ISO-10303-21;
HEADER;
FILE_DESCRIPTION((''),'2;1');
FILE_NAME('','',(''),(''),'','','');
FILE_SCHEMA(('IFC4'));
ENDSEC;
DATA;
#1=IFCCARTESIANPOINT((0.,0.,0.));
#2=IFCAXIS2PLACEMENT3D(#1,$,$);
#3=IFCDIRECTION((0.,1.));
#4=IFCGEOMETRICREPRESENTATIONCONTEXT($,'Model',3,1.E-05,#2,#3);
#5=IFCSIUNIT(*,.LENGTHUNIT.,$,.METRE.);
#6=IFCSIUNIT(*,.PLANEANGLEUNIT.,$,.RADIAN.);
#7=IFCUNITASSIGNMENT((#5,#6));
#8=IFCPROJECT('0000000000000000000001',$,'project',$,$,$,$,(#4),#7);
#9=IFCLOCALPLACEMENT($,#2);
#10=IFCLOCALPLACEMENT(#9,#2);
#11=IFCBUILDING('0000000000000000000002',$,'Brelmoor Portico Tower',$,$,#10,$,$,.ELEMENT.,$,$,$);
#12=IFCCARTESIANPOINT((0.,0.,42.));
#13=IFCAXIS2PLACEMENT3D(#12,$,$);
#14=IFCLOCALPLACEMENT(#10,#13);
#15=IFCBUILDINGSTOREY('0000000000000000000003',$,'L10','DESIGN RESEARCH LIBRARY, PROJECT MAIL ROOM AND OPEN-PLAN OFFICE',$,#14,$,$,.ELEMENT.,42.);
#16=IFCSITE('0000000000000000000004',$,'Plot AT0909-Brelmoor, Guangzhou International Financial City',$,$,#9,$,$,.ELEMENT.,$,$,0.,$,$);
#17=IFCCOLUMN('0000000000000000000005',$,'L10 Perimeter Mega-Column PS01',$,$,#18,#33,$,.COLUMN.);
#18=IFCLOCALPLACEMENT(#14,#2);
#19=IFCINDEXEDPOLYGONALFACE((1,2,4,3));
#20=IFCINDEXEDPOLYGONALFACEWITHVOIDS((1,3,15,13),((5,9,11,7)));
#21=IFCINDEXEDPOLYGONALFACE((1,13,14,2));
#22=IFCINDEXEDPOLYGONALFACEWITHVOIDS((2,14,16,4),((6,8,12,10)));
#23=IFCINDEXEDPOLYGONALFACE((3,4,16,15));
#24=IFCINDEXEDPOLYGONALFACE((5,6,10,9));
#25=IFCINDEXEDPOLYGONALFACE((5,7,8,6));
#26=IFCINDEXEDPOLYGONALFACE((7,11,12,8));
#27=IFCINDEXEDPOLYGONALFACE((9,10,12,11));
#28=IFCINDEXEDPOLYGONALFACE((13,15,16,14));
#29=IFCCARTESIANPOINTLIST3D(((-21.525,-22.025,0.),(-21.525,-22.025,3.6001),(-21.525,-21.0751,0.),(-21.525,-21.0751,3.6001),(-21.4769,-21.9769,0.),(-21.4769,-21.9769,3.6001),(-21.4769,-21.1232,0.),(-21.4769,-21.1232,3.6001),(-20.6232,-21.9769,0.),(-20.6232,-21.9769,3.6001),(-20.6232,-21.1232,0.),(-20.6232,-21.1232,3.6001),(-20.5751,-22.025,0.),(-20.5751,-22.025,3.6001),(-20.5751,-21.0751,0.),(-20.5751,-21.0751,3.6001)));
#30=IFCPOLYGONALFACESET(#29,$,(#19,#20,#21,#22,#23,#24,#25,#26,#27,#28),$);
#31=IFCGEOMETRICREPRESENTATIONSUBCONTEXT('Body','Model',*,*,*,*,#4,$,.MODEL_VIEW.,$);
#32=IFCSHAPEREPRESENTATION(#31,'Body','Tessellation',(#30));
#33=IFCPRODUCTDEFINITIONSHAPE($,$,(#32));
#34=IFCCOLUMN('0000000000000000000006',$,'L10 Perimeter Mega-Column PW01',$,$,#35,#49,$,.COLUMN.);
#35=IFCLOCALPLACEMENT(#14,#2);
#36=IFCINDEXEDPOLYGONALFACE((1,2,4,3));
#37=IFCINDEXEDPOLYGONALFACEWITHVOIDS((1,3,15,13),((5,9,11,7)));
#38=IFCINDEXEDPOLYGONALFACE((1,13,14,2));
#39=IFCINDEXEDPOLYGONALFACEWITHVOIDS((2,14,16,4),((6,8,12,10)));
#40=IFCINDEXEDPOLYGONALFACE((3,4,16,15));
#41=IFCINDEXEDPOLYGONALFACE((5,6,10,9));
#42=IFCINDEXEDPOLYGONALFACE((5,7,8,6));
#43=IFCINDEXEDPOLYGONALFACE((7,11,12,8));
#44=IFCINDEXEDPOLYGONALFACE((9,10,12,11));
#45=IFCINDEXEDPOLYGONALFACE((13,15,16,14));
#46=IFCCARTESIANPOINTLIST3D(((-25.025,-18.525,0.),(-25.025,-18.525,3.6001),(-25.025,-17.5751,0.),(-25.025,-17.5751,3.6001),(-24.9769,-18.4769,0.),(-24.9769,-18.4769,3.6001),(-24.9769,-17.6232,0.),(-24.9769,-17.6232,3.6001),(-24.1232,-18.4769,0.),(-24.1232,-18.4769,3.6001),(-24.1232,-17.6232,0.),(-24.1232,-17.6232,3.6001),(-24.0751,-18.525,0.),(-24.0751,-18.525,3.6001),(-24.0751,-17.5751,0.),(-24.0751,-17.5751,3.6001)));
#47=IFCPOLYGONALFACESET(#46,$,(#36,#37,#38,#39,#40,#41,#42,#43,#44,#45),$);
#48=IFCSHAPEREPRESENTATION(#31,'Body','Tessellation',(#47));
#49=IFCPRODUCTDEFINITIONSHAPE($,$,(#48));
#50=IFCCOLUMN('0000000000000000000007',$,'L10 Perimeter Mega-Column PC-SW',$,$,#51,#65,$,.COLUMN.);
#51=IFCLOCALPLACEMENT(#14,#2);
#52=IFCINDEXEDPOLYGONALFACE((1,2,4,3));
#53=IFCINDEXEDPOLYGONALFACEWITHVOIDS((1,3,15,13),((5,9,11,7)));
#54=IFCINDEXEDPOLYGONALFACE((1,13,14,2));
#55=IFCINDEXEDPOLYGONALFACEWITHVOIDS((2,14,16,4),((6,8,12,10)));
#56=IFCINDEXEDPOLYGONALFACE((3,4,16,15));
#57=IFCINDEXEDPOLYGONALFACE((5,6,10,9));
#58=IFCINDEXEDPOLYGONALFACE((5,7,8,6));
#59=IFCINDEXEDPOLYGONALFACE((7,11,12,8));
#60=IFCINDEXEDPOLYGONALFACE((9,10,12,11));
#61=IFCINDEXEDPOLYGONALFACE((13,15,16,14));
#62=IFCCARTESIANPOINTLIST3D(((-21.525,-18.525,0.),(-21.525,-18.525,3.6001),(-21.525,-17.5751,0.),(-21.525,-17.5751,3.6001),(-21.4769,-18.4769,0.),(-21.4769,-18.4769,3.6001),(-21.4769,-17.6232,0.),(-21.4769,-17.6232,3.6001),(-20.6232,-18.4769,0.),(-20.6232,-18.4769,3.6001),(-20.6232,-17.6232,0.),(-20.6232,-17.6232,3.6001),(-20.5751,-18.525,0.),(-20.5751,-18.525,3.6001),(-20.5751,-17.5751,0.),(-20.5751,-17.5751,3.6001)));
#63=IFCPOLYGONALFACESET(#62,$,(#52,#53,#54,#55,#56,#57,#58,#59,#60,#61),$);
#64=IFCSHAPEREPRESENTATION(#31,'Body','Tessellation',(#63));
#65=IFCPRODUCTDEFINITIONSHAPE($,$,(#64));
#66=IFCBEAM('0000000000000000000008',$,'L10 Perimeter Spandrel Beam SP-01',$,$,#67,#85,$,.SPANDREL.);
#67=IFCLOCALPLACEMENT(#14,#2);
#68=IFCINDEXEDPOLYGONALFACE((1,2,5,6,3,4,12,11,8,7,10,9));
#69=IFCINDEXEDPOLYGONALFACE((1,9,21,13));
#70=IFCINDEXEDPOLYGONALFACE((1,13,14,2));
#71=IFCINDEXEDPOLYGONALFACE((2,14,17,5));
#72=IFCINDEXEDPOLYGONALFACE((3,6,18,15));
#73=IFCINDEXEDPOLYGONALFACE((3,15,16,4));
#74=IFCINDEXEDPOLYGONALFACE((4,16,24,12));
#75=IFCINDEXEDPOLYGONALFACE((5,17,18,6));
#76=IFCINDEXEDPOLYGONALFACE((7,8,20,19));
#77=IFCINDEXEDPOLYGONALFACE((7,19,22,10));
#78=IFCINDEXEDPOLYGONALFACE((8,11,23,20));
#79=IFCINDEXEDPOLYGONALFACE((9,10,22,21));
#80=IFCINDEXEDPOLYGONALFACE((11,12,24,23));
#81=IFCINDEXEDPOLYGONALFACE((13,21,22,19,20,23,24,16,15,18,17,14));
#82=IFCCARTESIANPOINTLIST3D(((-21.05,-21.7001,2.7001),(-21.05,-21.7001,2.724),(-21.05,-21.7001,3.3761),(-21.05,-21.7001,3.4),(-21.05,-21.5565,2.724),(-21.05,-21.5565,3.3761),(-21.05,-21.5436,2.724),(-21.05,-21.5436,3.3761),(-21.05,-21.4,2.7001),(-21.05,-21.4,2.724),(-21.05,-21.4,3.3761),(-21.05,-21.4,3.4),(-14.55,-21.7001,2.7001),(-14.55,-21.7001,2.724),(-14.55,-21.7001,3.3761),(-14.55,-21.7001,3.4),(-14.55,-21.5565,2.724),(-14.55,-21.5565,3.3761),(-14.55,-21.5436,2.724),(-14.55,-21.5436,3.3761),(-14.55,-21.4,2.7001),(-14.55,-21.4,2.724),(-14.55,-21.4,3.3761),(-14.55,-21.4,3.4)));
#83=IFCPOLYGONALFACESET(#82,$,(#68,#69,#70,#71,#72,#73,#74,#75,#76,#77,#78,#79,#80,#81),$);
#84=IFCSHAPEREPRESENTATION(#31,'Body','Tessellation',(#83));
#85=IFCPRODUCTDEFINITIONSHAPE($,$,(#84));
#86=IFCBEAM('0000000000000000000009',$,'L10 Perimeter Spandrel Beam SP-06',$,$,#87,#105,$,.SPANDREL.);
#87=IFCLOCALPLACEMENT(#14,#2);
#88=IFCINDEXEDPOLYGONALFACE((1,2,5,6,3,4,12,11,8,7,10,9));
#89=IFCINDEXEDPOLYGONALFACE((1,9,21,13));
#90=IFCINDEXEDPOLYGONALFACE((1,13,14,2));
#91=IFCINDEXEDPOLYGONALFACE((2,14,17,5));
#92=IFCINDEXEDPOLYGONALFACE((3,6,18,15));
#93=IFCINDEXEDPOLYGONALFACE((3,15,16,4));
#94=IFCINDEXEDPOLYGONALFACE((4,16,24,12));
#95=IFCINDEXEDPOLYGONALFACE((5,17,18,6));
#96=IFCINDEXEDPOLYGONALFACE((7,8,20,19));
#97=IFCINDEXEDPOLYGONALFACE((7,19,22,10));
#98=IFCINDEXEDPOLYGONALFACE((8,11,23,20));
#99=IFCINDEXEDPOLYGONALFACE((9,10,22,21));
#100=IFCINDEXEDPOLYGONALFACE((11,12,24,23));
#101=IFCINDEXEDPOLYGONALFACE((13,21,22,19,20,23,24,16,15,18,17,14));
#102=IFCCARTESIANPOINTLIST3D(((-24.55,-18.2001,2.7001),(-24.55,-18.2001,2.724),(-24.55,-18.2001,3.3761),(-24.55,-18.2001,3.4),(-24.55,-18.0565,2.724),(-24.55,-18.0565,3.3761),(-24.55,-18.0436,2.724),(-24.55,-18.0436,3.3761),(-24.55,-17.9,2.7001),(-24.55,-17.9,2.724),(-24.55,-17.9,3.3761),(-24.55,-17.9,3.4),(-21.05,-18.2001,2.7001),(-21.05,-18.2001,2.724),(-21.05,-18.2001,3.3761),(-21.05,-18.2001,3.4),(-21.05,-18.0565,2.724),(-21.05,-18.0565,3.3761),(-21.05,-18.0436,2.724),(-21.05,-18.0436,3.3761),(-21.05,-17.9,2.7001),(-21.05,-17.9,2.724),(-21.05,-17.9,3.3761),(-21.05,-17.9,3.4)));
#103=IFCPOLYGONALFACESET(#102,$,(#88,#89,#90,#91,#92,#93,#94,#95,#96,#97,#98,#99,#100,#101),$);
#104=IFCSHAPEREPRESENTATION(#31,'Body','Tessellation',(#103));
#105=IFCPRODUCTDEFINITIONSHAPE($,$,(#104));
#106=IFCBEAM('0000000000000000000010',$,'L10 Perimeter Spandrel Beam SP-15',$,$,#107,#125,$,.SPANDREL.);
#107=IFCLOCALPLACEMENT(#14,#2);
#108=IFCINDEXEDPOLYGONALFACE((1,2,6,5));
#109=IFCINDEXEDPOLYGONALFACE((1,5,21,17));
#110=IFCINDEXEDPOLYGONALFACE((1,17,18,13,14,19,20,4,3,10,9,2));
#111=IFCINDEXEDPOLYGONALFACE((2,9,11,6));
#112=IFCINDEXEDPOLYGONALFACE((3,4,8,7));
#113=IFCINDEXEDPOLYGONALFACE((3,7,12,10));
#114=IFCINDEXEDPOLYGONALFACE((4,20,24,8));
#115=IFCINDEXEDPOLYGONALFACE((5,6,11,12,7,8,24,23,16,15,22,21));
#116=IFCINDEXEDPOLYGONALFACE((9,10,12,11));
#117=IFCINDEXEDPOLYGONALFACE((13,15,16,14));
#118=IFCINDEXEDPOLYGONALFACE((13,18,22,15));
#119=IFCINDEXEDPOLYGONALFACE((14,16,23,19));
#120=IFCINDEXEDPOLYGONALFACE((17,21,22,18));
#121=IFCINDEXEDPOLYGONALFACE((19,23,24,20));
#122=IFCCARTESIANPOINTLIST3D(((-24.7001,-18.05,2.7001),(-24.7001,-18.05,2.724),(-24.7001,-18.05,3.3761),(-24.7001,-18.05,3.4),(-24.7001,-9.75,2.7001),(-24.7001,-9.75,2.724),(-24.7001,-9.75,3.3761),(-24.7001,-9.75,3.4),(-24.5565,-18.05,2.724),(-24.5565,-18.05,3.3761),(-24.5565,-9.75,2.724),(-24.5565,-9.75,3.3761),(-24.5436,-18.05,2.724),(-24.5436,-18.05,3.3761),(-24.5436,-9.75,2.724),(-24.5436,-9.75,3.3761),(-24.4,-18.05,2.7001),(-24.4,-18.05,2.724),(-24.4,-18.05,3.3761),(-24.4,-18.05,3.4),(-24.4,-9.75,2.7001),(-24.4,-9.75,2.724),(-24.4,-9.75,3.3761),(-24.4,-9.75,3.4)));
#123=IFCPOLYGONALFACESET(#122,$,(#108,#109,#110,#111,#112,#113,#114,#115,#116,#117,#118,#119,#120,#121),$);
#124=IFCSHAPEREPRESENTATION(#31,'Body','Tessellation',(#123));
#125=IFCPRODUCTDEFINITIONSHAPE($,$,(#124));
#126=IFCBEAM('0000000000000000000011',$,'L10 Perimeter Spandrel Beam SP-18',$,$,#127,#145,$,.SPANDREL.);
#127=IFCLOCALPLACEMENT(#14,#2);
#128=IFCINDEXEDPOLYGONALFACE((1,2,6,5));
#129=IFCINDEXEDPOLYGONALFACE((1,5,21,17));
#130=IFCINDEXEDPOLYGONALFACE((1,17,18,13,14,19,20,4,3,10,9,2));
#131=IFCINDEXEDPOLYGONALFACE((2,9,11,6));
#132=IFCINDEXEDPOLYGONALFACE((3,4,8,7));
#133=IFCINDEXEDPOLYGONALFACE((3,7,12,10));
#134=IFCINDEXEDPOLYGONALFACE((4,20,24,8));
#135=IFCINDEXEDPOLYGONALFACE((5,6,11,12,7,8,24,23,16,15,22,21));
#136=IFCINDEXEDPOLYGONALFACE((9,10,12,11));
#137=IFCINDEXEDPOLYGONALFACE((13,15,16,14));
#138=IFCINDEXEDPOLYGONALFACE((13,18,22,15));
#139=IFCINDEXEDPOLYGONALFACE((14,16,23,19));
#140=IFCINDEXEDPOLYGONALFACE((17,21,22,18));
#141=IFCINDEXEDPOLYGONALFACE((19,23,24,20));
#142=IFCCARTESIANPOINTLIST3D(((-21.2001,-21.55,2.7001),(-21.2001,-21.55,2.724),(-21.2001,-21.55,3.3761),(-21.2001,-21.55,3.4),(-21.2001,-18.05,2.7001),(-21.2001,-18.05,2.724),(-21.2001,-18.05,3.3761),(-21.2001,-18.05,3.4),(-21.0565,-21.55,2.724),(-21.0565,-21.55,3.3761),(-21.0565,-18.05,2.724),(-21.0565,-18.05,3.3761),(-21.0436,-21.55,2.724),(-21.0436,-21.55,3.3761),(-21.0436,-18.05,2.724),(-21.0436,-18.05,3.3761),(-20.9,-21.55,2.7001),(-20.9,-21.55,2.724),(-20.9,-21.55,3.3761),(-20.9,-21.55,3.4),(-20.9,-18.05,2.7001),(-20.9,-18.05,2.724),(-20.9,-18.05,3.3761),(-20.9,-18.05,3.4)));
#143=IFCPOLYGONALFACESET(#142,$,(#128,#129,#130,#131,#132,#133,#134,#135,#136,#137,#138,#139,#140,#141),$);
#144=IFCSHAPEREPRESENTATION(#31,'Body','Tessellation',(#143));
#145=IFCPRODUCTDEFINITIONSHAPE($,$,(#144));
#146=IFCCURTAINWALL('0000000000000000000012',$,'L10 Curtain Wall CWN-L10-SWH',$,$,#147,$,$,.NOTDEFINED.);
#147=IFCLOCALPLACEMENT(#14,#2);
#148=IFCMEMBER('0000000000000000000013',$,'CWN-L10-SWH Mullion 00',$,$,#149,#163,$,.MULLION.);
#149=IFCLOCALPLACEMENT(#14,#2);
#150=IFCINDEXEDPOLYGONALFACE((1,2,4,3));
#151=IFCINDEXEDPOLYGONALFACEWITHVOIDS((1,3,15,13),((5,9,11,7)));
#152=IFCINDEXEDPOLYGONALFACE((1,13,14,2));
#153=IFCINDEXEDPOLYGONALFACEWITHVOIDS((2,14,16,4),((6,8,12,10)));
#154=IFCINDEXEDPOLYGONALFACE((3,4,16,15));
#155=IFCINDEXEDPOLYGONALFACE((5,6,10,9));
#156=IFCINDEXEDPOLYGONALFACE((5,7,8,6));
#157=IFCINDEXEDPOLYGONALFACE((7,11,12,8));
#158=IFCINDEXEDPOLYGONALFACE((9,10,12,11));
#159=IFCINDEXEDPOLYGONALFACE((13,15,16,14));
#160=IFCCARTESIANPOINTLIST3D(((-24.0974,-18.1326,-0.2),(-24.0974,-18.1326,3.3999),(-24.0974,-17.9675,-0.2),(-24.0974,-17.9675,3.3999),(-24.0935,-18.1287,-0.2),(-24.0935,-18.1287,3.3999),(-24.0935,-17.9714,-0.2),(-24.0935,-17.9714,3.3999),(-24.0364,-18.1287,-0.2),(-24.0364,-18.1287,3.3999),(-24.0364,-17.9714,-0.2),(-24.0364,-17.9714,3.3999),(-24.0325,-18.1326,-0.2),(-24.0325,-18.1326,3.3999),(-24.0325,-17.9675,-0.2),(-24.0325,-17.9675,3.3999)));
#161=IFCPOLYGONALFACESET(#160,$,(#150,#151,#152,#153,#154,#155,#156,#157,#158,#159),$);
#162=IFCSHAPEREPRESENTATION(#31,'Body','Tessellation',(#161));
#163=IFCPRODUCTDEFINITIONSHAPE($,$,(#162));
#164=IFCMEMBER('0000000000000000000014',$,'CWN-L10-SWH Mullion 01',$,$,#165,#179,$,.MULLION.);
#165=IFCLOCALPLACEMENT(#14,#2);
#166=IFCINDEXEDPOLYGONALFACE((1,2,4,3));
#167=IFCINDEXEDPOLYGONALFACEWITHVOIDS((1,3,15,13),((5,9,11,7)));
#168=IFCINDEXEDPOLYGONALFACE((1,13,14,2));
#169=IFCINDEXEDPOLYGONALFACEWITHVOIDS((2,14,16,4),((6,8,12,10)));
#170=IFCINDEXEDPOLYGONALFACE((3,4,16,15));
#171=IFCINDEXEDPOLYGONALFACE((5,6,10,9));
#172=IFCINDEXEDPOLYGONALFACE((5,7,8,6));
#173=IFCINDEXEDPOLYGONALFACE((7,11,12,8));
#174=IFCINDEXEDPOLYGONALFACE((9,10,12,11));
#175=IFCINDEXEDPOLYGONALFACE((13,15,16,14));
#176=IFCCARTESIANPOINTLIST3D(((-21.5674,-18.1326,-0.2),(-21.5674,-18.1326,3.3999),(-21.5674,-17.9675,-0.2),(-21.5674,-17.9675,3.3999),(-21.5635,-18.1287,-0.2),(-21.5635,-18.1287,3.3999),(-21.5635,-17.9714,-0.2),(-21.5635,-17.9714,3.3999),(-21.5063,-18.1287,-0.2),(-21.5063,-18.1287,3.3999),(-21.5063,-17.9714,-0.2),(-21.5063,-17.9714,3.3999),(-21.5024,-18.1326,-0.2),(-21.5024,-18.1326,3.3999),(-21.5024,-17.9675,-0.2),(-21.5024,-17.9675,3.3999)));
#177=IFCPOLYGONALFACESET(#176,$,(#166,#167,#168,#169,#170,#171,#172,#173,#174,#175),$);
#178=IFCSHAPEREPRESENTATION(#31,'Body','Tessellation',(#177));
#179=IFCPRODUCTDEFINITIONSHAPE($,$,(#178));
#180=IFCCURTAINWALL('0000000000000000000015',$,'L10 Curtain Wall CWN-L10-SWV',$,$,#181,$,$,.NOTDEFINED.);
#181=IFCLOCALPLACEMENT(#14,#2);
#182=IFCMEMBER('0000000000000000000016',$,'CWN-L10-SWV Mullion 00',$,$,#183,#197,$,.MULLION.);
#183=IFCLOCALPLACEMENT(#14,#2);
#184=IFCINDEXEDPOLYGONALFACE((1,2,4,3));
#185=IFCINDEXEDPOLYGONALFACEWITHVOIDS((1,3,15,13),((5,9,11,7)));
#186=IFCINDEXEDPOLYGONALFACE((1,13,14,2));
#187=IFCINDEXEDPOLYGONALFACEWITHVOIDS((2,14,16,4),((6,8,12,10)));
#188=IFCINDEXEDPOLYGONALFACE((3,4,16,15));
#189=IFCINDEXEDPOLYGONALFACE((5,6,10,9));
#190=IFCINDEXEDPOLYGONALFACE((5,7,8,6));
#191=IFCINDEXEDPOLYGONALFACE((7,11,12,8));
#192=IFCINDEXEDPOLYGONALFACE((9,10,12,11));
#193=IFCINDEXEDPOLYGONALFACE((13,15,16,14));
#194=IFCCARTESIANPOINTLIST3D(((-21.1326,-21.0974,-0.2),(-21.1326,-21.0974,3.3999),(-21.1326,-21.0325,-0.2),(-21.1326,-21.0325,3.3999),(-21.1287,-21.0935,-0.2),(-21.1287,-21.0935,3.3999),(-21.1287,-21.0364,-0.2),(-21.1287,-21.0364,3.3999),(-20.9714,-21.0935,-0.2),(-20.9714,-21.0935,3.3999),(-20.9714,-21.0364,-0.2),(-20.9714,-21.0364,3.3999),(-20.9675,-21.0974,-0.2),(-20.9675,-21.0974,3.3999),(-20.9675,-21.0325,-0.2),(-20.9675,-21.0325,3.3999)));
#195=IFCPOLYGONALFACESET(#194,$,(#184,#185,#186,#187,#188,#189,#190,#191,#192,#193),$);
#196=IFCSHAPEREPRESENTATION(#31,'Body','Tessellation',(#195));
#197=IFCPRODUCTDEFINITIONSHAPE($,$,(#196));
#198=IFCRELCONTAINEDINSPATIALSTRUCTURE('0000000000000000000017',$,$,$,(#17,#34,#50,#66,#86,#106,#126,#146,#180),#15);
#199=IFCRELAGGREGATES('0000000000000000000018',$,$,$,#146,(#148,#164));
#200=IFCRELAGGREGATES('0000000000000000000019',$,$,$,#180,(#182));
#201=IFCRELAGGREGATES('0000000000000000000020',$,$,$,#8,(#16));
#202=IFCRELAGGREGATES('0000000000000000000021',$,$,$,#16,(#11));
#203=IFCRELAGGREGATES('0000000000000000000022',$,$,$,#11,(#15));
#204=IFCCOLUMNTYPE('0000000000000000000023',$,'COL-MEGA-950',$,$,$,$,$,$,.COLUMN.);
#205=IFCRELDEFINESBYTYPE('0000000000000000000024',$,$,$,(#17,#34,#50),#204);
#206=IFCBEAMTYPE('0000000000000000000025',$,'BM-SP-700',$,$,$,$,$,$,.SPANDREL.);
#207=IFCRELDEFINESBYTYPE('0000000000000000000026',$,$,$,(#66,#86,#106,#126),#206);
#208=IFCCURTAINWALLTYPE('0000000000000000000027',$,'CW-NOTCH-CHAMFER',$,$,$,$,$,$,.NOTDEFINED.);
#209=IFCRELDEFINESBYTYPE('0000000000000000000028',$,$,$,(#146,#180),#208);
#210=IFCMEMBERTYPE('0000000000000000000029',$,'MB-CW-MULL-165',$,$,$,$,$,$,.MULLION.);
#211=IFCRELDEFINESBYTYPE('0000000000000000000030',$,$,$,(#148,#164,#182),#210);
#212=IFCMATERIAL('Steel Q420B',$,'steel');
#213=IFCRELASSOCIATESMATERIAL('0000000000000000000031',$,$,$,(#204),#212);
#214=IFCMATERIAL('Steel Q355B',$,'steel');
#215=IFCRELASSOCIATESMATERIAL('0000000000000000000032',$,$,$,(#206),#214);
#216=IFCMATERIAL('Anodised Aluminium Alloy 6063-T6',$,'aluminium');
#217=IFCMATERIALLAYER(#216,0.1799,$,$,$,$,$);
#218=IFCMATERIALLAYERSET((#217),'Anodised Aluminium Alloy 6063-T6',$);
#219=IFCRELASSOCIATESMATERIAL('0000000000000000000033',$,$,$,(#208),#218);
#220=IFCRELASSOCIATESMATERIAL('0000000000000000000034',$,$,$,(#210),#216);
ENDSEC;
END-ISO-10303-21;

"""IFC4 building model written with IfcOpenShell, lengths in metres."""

from ifc_helpers import new_model, si_unit, direction, frame, origin, origin_2d, place, context, subcontext, project, spatial, hollow_rectangle, i_section, extrude, material, layer, layer_set, material_profile, profile_set, type_object, element, aggregate, save


model = new_model("IFC4")

# Units and contexts
model_context = context("Model", 3, precision=1e-05, world=origin(), true_north=direction((0.0, 1.0)))
body_context = subcontext(model_context, "Body", "Model", "MODEL_VIEW")
ifc_project = project(units=[si_unit("LENGTHUNIT", "METRE"), si_unit("PLANEANGLEUNIT", "RADIAN")], contexts=[model_context])

# Site, building, storey
site_placement = place(None, origin())
site = spatial("IfcSite", under=ifc_project, at=site_placement, Name="Plot AT0909-Brelmoor, Guangzhou International Financial City", CompositionType="ELEMENT", RefElevation=0.0)
building_placement = place(site_placement, origin())
building = spatial("IfcBuilding", under=site, at=building_placement, Name="Brelmoor Portico Tower", CompositionType="ELEMENT")
storey_placement = place(building_placement, frame((0.0, 0.0, 42.0)))
storey = spatial("IfcBuildingStorey", under=building, at=storey_placement, Name="L10", Description="DESIGN RESEARCH LIBRARY, PROJECT MAIL ROOM AND OPEN-PLAN OFFICE", CompositionType="ELEMENT", Elevation=42.0)

# Columns
ifc_material_1 = material(Name="Steel Q420B", Category="steel")
ifc_material_profile_1 = material_profile(ifc_material_1, hollow_rectangle(XDim=0.95, YDim=0.95, WallThickness=0.0481, at=origin_2d()), Name="BOX 950x950x48")
ifc_profile_set_1 = profile_set([ifc_material_profile_1], Name="Steel Q420B")
column_type = type_object("IfcColumnType", Name="COL-MEGA-950", PredefinedType="COLUMN", material=ifc_profile_set_1)
for number, where, z_axis, x_axis, name in (
    (1, (-21.05, -21.55, 0.0), (0.0, 0.0, 1.0), (1.0, 0.0, 0.0), "L10 Perimeter Mega-Column PS01"),
    (2, (-24.55, -18.05, 0.0), (0.0, 0.0, 1.0), (0.0, 1.0, 0.0), "L10 Perimeter Mega-Column PW01"),
    (3, (-21.05, -18.05, 0.0), (0.0, 0.0, 1.0), (1.0, 0.0, 0.0), "L10 Perimeter Mega-Column PC-SW"),
):
    element("IfcColumn", number, at=place(storey_placement, frame(where, z_axis=z_axis, x_axis=x_axis)), inside=storey, type_object=column_type, Name=name, PredefinedType="COLUMN", context=body_context, shape_type="SweptSolid", body=[
        extrude(hollow_rectangle(XDim=0.95, YDim=0.95, WallThickness=0.0481, at=origin_2d()), origin(), (0.0, 0.0, 1.0), 3.6001),
    ])

# Beams
ifc_material_2 = material(Name="Steel Q355B", Category="steel")
ifc_material_profile_2 = material_profile(ifc_material_2, i_section(OverallWidth=0.3, OverallDepth=0.7, WebThickness=0.0129, FlangeThickness=0.0239, at=origin_2d()), Name="HN 700x300x13x24")
ifc_profile_set_2 = profile_set([ifc_material_profile_2], Name="Steel Q355B")
beam_type = type_object("IfcBeamType", Name="BM-SP-700", PredefinedType="SPANDREL", material=ifc_profile_set_2)
beam_1_placement = place(storey_placement, frame((-21.05, -21.55, 3.05), z_axis=(1.0, 0.0, 0.0), x_axis=(0.0, 1.0, 0.0)))
element("IfcBeam", 4, at=beam_1_placement, inside=storey, type_object=beam_type, Name="L10 Perimeter Spandrel Beam SP-01", PredefinedType="SPANDREL", context=body_context, shape_type="SweptSolid", body=[
    extrude(i_section(OverallWidth=0.3, OverallDepth=0.7, WebThickness=0.0129, FlangeThickness=0.0239, at=origin_2d()), origin(), (0.0, 0.0, 1.0), 6.5),
])
beam_2_placement = place(storey_placement, frame((-24.55, -18.05, 3.05), z_axis=(1.0, 0.0, 0.0), x_axis=(0.0, 1.0, 0.0)))
element("IfcBeam", 5, at=beam_2_placement, inside=storey, type_object=beam_type, Name="L10 Perimeter Spandrel Beam SP-06", PredefinedType="SPANDREL", context=body_context, shape_type="SweptSolid", body=[
    extrude(i_section(OverallWidth=0.3, OverallDepth=0.7, WebThickness=0.0129, FlangeThickness=0.0239, at=origin_2d()), origin(), (0.0, 0.0, 1.0), 3.5),
])
beam_3_placement = place(storey_placement, frame((-24.55, -18.05, 3.05), z_axis=(0.0, 1.0, 0.0), x_axis=(-1.0, 0.0, 0.0)))
element("IfcBeam", 6, at=beam_3_placement, inside=storey, type_object=beam_type, Name="L10 Perimeter Spandrel Beam SP-15", PredefinedType="SPANDREL", context=body_context, shape_type="SweptSolid", body=[
    extrude(i_section(OverallWidth=0.3, OverallDepth=0.7, WebThickness=0.0129, FlangeThickness=0.0239, at=origin_2d()), origin(), (0.0, 0.0, 1.0), 8.3),
])
beam_4_placement = place(storey_placement, frame((-21.05, -21.55, 3.05), z_axis=(0.0, 1.0, 0.0), x_axis=(-1.0, 0.0, 0.0)))
element("IfcBeam", 7, at=beam_4_placement, inside=storey, type_object=beam_type, Name="L10 Perimeter Spandrel Beam SP-18", PredefinedType="SPANDREL", context=body_context, shape_type="SweptSolid", body=[
    extrude(i_section(OverallWidth=0.3, OverallDepth=0.7, WebThickness=0.0129, FlangeThickness=0.0239, at=origin_2d()), origin(), (0.0, 0.0, 1.0), 3.5),
])

# Curtain walls, members
ifc_material_3 = material(Name="Anodised Aluminium Alloy 6063-T6", Category="aluminium")
ifc_layer_1 = layer(ifc_material_3, 0.1799)
ifc_layer_set_1 = layer_set([ifc_layer_1], Name="Anodised Aluminium Alloy 6063-T6")
curtain_wall_type_1 = type_object("IfcCurtainWallType", Name="CW-NOTCH-CHAMFER", PredefinedType="NOTDEFINED", material=ifc_layer_set_1)
curtain_wall_1_placement = place(storey_placement, origin())
curtain_wall_1 = element("IfcCurtainWall", 8, at=curtain_wall_1_placement, inside=storey, type_object=curtain_wall_type_1, Name="L10 Curtain Wall CWN-L10-SWH", PredefinedType="NOTDEFINED")
ifc_material_profile_3 = material_profile(ifc_material_3, hollow_rectangle(XDim=0.0649, YDim=0.165, WallThickness=0.0039, at=origin_2d()), Name="ALU MULLION 65x165")
ifc_profile_set_3 = profile_set([ifc_material_profile_3], Name="Anodised Aluminium Alloy 6063-T6")
member_type_1 = type_object("IfcMemberType", Name="MB-CW-MULL-165", PredefinedType="MULLION", material=ifc_profile_set_3)
member_1_placement = place(storey_placement, frame((-24.0649, -18.05, -0.2), z_axis=(0.0, 0.0, 1.0), x_axis=(1.0, 0.0, 0.0)))
member_1 = element("IfcMember", 9, at=member_1_placement, type_object=member_type_1, Name="CWN-L10-SWH Mullion 00", PredefinedType="MULLION", context=body_context, shape_type="SweptSolid", body=[
    extrude(hollow_rectangle(XDim=0.0649, YDim=0.165, WallThickness=0.0039, at=origin_2d()), origin(), (0.0, 0.0, 1.0), 3.5999),
])
member_2_placement = place(storey_placement, frame((-21.5349, -18.05, -0.2), z_axis=(0.0, 0.0, 1.0), x_axis=(1.0, 0.0, 0.0)))
member_2 = element("IfcMember", 10, at=member_2_placement, type_object=member_type_1, Name="CWN-L10-SWH Mullion 01", PredefinedType="MULLION", context=body_context, shape_type="SweptSolid", body=[
    extrude(hollow_rectangle(XDim=0.0649, YDim=0.165, WallThickness=0.0039, at=origin_2d()), origin(), (0.0, 0.0, 1.0), 3.5999),
])
curtain_wall_2_placement = place(storey_placement, origin())
curtain_wall_2 = element("IfcCurtainWall", 11, at=curtain_wall_2_placement, inside=storey, type_object=curtain_wall_type_1, Name="L10 Curtain Wall CWN-L10-SWV", PredefinedType="NOTDEFINED")
member_3_placement = place(storey_placement, frame((-21.05, -21.0649, -0.2), z_axis=(0.0, 0.0, 1.0), x_axis=(0.0, 1.0, 0.0)))
member_3 = element("IfcMember", 12, at=member_3_placement, type_object=member_type_1, Name="CWN-L10-SWV Mullion 00", PredefinedType="MULLION", context=body_context, shape_type="SweptSolid", body=[
    extrude(hollow_rectangle(XDim=0.0649, YDim=0.165, WallThickness=0.0039, at=origin_2d()), origin(), (0.0, 0.0, 1.0), 3.5999),
])

aggregate(curtain_wall_1, [member_1, member_2])
aggregate(curtain_wall_2, [member_3])

save(model, "model.ifc")
